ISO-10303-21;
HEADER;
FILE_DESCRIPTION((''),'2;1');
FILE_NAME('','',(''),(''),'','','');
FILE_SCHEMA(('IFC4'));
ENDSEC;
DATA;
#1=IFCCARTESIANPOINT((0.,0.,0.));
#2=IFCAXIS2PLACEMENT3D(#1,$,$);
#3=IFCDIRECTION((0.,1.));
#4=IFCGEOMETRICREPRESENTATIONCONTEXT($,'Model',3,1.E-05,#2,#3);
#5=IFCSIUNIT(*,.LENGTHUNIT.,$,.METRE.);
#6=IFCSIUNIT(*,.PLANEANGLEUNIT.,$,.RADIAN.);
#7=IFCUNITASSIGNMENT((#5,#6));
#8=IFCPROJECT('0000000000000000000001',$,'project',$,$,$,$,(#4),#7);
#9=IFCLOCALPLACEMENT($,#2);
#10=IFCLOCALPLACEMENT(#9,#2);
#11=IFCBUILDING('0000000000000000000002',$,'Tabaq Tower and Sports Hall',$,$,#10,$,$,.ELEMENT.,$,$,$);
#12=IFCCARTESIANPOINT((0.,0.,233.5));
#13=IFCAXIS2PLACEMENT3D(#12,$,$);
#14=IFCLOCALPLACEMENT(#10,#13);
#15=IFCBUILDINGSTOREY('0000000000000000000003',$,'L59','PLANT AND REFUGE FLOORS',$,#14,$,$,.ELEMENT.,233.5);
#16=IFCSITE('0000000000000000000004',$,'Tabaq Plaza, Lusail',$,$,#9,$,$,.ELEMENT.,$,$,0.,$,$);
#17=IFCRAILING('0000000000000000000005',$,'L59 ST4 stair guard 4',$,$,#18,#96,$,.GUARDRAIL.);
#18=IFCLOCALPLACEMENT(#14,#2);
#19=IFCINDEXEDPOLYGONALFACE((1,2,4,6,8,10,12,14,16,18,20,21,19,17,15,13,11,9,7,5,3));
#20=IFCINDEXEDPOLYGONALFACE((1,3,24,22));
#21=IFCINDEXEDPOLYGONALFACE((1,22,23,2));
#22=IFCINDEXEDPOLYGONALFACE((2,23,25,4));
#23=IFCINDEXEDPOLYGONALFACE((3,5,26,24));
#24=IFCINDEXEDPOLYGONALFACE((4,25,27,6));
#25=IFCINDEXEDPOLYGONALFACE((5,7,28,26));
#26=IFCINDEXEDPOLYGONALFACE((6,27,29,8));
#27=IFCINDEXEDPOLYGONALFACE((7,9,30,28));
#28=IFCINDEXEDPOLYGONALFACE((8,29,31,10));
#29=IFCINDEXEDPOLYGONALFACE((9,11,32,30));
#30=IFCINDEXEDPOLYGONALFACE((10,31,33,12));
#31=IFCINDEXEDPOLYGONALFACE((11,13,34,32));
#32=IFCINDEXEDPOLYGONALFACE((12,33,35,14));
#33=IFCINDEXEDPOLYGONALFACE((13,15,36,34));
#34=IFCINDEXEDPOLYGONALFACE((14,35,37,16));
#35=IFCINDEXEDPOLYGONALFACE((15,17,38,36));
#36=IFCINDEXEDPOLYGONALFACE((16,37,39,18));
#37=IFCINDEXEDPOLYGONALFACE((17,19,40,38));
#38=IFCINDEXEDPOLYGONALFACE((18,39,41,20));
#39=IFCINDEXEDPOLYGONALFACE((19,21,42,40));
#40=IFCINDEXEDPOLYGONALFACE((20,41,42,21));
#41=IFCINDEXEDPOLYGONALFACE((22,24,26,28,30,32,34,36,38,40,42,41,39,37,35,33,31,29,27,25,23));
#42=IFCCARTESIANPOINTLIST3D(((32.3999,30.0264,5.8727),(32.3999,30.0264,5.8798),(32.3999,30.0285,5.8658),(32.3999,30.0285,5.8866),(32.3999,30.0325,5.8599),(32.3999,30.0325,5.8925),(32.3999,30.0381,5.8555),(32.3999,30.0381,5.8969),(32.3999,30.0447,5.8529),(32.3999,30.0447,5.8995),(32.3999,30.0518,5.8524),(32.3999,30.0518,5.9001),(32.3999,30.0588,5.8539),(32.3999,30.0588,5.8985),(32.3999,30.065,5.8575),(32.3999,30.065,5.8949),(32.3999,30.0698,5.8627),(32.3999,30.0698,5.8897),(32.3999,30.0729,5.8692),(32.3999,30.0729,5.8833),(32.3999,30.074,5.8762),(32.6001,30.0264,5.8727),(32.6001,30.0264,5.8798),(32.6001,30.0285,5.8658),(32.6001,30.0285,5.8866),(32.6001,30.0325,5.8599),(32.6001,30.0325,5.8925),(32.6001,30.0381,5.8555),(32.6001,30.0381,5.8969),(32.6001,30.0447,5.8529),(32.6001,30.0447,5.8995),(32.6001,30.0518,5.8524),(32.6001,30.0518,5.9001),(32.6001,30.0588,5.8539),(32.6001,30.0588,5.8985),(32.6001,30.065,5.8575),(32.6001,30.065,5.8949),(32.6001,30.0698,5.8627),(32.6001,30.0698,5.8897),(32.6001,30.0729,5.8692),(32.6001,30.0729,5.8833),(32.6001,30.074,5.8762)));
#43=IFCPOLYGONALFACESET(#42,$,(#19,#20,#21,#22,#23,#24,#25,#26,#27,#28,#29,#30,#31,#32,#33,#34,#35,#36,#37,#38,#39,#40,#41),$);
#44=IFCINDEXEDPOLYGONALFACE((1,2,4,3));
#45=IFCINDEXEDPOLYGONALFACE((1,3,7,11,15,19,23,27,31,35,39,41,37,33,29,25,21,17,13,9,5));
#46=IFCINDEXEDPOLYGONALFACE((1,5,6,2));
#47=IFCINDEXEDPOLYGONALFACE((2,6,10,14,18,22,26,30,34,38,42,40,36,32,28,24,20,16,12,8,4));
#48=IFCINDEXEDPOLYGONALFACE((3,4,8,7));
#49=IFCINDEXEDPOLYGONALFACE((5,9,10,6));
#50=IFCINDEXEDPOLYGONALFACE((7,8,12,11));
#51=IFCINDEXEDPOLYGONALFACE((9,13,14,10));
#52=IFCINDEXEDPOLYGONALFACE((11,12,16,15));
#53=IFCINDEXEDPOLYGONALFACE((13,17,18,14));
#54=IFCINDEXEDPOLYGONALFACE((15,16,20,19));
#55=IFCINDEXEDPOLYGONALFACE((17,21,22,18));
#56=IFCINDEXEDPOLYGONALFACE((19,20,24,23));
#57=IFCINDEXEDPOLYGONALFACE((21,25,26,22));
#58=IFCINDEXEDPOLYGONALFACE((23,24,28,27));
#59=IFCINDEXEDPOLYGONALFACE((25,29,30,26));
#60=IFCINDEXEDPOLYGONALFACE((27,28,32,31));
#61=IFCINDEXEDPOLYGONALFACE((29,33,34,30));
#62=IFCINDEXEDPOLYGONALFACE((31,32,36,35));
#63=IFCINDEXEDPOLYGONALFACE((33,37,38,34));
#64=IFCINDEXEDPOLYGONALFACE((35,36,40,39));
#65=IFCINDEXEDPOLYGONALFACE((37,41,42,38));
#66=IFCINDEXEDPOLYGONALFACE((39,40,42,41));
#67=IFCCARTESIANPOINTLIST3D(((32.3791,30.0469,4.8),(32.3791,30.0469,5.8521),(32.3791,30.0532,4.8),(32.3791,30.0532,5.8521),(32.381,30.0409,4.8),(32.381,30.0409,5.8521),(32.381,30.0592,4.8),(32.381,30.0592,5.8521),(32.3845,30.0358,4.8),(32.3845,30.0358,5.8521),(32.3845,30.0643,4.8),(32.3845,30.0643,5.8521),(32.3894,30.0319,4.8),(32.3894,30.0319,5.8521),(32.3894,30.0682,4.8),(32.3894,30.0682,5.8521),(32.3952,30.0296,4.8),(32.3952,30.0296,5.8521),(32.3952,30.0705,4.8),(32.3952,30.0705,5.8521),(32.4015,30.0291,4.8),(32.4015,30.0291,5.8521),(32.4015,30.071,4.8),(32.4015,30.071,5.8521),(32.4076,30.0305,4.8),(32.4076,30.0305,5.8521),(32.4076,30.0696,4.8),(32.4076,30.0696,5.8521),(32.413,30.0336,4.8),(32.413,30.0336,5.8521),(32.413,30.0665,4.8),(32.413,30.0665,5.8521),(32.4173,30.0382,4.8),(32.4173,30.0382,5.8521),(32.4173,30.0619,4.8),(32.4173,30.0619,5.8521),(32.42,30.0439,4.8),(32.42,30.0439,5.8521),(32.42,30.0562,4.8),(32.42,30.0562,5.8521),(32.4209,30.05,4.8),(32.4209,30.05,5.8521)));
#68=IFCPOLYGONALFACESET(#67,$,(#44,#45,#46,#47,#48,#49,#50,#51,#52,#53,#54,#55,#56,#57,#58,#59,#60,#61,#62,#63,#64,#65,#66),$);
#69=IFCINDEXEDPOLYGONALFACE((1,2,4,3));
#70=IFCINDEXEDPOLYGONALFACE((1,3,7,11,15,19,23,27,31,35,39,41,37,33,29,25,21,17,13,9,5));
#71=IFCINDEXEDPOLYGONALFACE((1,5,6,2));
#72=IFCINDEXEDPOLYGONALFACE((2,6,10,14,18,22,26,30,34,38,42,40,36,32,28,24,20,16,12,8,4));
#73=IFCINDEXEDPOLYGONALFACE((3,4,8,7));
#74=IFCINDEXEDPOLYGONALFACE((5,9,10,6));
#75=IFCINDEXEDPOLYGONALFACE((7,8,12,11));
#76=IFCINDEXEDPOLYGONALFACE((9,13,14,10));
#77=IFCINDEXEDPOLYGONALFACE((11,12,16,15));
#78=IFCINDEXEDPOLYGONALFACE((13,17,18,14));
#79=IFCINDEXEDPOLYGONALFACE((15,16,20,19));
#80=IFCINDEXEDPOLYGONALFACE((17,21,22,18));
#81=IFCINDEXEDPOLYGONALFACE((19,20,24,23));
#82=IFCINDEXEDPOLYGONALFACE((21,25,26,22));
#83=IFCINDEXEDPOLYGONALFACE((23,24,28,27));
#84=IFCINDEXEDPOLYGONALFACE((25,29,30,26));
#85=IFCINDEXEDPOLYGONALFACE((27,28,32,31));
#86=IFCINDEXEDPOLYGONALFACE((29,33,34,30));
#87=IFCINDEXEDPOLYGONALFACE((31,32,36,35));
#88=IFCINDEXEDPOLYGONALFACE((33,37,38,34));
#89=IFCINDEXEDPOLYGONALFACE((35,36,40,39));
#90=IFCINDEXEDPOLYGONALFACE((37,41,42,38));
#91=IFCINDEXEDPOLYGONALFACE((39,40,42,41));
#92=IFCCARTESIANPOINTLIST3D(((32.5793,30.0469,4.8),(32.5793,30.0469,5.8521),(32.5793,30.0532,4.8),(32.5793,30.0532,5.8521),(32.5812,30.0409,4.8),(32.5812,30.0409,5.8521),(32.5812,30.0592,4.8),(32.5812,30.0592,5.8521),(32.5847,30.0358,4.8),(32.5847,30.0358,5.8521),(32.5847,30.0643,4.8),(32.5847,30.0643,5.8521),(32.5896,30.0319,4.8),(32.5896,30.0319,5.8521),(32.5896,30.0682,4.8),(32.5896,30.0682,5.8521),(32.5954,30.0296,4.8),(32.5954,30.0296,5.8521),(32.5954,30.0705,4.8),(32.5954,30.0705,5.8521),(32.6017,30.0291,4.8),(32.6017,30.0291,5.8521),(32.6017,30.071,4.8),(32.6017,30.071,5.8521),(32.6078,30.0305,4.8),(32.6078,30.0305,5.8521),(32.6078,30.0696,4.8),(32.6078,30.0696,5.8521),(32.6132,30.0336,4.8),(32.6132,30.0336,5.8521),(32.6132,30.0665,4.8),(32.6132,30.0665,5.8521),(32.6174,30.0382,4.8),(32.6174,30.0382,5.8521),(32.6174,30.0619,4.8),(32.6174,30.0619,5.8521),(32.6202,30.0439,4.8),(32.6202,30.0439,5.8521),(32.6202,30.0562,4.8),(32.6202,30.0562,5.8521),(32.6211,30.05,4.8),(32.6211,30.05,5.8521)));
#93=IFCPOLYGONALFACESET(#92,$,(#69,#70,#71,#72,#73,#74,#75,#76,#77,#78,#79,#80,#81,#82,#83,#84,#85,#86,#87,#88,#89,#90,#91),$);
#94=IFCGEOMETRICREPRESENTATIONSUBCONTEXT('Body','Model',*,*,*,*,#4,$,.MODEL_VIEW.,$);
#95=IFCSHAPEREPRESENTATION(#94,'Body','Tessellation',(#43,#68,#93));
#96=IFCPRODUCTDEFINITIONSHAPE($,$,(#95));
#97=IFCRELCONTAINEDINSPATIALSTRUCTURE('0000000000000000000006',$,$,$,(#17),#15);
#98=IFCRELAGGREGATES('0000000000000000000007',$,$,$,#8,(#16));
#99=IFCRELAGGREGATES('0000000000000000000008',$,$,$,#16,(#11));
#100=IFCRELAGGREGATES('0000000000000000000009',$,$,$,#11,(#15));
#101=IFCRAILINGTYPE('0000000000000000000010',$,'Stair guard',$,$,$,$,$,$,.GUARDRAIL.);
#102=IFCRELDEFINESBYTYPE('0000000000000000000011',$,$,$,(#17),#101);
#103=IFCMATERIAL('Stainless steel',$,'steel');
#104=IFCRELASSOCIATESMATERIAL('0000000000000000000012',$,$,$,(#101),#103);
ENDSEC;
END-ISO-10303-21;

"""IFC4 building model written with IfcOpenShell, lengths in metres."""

from ifc_helpers import new_model, si_unit, direction, frame, origin, origin_2d, place, context, subcontext, project, spatial, circle, extrude, material, type_object, element, save


model = new_model("IFC4")

# Units and contexts
model_context = context("Model", 3, precision=1e-05, world=origin(), true_north=direction((0.0, 1.0)))
body_context = subcontext(model_context, "Body", "Model", "MODEL_VIEW")
ifc_project = project(units=[si_unit("LENGTHUNIT", "METRE"), si_unit("PLANEANGLEUNIT", "RADIAN")], contexts=[model_context])

# Site, building, storey
site_placement = place(None, origin())
site = spatial("IfcSite", under=ifc_project, at=site_placement, Name="Tabaq Plaza, Lusail", CompositionType="ELEMENT", RefElevation=0.0)
building_placement = place(site_placement, origin())
building = spatial("IfcBuilding", under=site, at=building_placement, Name="Tabaq Tower and Sports Hall", CompositionType="ELEMENT")
storey_placement = place(building_placement, frame((0.0, 0.0, 233.5)))
storey = spatial("IfcBuildingStorey", under=building, at=storey_placement, Name="L59", Description="PLANT AND REFUGE FLOORS", CompositionType="ELEMENT", Elevation=233.5)

# Railing
ifc_material_1 = material(Name="Stainless steel", Category="steel")
railing_type_1 = type_object("IfcRailingType", Name="Stair guard", PredefinedType="GUARDRAIL", material=ifc_material_1)
railing_1_placement = place(storey_placement, frame((32.3999, 30.05, 4.8)))
element("IfcRailing", 1, at=railing_1_placement, inside=storey, type_object=railing_type_1, Name="L59 ST4 stair guard 4", PredefinedType="GUARDRAIL", context=body_context, shape_type="SweptSolid", body=[
    extrude(circle(Radius=0.0239, at=origin_2d()), frame((0.0, 0.0, 1.0762), z_axis=(1.0, 0.0, 0.0), x_axis=(0.0, 1.0, 0.0)), (0.0, 0.0, 1.0), 0.2002),
    extrude(circle(Radius=0.021, at=origin_2d()), origin(), (0.0, 0.0, 1.0), 1.052),
    extrude(circle(Radius=0.021, at=origin_2d()), frame((0.2002, 0.0, 0.0)), (0.0, 0.0, 1.0), 1.052),
])

save(model, "model.ifc")
